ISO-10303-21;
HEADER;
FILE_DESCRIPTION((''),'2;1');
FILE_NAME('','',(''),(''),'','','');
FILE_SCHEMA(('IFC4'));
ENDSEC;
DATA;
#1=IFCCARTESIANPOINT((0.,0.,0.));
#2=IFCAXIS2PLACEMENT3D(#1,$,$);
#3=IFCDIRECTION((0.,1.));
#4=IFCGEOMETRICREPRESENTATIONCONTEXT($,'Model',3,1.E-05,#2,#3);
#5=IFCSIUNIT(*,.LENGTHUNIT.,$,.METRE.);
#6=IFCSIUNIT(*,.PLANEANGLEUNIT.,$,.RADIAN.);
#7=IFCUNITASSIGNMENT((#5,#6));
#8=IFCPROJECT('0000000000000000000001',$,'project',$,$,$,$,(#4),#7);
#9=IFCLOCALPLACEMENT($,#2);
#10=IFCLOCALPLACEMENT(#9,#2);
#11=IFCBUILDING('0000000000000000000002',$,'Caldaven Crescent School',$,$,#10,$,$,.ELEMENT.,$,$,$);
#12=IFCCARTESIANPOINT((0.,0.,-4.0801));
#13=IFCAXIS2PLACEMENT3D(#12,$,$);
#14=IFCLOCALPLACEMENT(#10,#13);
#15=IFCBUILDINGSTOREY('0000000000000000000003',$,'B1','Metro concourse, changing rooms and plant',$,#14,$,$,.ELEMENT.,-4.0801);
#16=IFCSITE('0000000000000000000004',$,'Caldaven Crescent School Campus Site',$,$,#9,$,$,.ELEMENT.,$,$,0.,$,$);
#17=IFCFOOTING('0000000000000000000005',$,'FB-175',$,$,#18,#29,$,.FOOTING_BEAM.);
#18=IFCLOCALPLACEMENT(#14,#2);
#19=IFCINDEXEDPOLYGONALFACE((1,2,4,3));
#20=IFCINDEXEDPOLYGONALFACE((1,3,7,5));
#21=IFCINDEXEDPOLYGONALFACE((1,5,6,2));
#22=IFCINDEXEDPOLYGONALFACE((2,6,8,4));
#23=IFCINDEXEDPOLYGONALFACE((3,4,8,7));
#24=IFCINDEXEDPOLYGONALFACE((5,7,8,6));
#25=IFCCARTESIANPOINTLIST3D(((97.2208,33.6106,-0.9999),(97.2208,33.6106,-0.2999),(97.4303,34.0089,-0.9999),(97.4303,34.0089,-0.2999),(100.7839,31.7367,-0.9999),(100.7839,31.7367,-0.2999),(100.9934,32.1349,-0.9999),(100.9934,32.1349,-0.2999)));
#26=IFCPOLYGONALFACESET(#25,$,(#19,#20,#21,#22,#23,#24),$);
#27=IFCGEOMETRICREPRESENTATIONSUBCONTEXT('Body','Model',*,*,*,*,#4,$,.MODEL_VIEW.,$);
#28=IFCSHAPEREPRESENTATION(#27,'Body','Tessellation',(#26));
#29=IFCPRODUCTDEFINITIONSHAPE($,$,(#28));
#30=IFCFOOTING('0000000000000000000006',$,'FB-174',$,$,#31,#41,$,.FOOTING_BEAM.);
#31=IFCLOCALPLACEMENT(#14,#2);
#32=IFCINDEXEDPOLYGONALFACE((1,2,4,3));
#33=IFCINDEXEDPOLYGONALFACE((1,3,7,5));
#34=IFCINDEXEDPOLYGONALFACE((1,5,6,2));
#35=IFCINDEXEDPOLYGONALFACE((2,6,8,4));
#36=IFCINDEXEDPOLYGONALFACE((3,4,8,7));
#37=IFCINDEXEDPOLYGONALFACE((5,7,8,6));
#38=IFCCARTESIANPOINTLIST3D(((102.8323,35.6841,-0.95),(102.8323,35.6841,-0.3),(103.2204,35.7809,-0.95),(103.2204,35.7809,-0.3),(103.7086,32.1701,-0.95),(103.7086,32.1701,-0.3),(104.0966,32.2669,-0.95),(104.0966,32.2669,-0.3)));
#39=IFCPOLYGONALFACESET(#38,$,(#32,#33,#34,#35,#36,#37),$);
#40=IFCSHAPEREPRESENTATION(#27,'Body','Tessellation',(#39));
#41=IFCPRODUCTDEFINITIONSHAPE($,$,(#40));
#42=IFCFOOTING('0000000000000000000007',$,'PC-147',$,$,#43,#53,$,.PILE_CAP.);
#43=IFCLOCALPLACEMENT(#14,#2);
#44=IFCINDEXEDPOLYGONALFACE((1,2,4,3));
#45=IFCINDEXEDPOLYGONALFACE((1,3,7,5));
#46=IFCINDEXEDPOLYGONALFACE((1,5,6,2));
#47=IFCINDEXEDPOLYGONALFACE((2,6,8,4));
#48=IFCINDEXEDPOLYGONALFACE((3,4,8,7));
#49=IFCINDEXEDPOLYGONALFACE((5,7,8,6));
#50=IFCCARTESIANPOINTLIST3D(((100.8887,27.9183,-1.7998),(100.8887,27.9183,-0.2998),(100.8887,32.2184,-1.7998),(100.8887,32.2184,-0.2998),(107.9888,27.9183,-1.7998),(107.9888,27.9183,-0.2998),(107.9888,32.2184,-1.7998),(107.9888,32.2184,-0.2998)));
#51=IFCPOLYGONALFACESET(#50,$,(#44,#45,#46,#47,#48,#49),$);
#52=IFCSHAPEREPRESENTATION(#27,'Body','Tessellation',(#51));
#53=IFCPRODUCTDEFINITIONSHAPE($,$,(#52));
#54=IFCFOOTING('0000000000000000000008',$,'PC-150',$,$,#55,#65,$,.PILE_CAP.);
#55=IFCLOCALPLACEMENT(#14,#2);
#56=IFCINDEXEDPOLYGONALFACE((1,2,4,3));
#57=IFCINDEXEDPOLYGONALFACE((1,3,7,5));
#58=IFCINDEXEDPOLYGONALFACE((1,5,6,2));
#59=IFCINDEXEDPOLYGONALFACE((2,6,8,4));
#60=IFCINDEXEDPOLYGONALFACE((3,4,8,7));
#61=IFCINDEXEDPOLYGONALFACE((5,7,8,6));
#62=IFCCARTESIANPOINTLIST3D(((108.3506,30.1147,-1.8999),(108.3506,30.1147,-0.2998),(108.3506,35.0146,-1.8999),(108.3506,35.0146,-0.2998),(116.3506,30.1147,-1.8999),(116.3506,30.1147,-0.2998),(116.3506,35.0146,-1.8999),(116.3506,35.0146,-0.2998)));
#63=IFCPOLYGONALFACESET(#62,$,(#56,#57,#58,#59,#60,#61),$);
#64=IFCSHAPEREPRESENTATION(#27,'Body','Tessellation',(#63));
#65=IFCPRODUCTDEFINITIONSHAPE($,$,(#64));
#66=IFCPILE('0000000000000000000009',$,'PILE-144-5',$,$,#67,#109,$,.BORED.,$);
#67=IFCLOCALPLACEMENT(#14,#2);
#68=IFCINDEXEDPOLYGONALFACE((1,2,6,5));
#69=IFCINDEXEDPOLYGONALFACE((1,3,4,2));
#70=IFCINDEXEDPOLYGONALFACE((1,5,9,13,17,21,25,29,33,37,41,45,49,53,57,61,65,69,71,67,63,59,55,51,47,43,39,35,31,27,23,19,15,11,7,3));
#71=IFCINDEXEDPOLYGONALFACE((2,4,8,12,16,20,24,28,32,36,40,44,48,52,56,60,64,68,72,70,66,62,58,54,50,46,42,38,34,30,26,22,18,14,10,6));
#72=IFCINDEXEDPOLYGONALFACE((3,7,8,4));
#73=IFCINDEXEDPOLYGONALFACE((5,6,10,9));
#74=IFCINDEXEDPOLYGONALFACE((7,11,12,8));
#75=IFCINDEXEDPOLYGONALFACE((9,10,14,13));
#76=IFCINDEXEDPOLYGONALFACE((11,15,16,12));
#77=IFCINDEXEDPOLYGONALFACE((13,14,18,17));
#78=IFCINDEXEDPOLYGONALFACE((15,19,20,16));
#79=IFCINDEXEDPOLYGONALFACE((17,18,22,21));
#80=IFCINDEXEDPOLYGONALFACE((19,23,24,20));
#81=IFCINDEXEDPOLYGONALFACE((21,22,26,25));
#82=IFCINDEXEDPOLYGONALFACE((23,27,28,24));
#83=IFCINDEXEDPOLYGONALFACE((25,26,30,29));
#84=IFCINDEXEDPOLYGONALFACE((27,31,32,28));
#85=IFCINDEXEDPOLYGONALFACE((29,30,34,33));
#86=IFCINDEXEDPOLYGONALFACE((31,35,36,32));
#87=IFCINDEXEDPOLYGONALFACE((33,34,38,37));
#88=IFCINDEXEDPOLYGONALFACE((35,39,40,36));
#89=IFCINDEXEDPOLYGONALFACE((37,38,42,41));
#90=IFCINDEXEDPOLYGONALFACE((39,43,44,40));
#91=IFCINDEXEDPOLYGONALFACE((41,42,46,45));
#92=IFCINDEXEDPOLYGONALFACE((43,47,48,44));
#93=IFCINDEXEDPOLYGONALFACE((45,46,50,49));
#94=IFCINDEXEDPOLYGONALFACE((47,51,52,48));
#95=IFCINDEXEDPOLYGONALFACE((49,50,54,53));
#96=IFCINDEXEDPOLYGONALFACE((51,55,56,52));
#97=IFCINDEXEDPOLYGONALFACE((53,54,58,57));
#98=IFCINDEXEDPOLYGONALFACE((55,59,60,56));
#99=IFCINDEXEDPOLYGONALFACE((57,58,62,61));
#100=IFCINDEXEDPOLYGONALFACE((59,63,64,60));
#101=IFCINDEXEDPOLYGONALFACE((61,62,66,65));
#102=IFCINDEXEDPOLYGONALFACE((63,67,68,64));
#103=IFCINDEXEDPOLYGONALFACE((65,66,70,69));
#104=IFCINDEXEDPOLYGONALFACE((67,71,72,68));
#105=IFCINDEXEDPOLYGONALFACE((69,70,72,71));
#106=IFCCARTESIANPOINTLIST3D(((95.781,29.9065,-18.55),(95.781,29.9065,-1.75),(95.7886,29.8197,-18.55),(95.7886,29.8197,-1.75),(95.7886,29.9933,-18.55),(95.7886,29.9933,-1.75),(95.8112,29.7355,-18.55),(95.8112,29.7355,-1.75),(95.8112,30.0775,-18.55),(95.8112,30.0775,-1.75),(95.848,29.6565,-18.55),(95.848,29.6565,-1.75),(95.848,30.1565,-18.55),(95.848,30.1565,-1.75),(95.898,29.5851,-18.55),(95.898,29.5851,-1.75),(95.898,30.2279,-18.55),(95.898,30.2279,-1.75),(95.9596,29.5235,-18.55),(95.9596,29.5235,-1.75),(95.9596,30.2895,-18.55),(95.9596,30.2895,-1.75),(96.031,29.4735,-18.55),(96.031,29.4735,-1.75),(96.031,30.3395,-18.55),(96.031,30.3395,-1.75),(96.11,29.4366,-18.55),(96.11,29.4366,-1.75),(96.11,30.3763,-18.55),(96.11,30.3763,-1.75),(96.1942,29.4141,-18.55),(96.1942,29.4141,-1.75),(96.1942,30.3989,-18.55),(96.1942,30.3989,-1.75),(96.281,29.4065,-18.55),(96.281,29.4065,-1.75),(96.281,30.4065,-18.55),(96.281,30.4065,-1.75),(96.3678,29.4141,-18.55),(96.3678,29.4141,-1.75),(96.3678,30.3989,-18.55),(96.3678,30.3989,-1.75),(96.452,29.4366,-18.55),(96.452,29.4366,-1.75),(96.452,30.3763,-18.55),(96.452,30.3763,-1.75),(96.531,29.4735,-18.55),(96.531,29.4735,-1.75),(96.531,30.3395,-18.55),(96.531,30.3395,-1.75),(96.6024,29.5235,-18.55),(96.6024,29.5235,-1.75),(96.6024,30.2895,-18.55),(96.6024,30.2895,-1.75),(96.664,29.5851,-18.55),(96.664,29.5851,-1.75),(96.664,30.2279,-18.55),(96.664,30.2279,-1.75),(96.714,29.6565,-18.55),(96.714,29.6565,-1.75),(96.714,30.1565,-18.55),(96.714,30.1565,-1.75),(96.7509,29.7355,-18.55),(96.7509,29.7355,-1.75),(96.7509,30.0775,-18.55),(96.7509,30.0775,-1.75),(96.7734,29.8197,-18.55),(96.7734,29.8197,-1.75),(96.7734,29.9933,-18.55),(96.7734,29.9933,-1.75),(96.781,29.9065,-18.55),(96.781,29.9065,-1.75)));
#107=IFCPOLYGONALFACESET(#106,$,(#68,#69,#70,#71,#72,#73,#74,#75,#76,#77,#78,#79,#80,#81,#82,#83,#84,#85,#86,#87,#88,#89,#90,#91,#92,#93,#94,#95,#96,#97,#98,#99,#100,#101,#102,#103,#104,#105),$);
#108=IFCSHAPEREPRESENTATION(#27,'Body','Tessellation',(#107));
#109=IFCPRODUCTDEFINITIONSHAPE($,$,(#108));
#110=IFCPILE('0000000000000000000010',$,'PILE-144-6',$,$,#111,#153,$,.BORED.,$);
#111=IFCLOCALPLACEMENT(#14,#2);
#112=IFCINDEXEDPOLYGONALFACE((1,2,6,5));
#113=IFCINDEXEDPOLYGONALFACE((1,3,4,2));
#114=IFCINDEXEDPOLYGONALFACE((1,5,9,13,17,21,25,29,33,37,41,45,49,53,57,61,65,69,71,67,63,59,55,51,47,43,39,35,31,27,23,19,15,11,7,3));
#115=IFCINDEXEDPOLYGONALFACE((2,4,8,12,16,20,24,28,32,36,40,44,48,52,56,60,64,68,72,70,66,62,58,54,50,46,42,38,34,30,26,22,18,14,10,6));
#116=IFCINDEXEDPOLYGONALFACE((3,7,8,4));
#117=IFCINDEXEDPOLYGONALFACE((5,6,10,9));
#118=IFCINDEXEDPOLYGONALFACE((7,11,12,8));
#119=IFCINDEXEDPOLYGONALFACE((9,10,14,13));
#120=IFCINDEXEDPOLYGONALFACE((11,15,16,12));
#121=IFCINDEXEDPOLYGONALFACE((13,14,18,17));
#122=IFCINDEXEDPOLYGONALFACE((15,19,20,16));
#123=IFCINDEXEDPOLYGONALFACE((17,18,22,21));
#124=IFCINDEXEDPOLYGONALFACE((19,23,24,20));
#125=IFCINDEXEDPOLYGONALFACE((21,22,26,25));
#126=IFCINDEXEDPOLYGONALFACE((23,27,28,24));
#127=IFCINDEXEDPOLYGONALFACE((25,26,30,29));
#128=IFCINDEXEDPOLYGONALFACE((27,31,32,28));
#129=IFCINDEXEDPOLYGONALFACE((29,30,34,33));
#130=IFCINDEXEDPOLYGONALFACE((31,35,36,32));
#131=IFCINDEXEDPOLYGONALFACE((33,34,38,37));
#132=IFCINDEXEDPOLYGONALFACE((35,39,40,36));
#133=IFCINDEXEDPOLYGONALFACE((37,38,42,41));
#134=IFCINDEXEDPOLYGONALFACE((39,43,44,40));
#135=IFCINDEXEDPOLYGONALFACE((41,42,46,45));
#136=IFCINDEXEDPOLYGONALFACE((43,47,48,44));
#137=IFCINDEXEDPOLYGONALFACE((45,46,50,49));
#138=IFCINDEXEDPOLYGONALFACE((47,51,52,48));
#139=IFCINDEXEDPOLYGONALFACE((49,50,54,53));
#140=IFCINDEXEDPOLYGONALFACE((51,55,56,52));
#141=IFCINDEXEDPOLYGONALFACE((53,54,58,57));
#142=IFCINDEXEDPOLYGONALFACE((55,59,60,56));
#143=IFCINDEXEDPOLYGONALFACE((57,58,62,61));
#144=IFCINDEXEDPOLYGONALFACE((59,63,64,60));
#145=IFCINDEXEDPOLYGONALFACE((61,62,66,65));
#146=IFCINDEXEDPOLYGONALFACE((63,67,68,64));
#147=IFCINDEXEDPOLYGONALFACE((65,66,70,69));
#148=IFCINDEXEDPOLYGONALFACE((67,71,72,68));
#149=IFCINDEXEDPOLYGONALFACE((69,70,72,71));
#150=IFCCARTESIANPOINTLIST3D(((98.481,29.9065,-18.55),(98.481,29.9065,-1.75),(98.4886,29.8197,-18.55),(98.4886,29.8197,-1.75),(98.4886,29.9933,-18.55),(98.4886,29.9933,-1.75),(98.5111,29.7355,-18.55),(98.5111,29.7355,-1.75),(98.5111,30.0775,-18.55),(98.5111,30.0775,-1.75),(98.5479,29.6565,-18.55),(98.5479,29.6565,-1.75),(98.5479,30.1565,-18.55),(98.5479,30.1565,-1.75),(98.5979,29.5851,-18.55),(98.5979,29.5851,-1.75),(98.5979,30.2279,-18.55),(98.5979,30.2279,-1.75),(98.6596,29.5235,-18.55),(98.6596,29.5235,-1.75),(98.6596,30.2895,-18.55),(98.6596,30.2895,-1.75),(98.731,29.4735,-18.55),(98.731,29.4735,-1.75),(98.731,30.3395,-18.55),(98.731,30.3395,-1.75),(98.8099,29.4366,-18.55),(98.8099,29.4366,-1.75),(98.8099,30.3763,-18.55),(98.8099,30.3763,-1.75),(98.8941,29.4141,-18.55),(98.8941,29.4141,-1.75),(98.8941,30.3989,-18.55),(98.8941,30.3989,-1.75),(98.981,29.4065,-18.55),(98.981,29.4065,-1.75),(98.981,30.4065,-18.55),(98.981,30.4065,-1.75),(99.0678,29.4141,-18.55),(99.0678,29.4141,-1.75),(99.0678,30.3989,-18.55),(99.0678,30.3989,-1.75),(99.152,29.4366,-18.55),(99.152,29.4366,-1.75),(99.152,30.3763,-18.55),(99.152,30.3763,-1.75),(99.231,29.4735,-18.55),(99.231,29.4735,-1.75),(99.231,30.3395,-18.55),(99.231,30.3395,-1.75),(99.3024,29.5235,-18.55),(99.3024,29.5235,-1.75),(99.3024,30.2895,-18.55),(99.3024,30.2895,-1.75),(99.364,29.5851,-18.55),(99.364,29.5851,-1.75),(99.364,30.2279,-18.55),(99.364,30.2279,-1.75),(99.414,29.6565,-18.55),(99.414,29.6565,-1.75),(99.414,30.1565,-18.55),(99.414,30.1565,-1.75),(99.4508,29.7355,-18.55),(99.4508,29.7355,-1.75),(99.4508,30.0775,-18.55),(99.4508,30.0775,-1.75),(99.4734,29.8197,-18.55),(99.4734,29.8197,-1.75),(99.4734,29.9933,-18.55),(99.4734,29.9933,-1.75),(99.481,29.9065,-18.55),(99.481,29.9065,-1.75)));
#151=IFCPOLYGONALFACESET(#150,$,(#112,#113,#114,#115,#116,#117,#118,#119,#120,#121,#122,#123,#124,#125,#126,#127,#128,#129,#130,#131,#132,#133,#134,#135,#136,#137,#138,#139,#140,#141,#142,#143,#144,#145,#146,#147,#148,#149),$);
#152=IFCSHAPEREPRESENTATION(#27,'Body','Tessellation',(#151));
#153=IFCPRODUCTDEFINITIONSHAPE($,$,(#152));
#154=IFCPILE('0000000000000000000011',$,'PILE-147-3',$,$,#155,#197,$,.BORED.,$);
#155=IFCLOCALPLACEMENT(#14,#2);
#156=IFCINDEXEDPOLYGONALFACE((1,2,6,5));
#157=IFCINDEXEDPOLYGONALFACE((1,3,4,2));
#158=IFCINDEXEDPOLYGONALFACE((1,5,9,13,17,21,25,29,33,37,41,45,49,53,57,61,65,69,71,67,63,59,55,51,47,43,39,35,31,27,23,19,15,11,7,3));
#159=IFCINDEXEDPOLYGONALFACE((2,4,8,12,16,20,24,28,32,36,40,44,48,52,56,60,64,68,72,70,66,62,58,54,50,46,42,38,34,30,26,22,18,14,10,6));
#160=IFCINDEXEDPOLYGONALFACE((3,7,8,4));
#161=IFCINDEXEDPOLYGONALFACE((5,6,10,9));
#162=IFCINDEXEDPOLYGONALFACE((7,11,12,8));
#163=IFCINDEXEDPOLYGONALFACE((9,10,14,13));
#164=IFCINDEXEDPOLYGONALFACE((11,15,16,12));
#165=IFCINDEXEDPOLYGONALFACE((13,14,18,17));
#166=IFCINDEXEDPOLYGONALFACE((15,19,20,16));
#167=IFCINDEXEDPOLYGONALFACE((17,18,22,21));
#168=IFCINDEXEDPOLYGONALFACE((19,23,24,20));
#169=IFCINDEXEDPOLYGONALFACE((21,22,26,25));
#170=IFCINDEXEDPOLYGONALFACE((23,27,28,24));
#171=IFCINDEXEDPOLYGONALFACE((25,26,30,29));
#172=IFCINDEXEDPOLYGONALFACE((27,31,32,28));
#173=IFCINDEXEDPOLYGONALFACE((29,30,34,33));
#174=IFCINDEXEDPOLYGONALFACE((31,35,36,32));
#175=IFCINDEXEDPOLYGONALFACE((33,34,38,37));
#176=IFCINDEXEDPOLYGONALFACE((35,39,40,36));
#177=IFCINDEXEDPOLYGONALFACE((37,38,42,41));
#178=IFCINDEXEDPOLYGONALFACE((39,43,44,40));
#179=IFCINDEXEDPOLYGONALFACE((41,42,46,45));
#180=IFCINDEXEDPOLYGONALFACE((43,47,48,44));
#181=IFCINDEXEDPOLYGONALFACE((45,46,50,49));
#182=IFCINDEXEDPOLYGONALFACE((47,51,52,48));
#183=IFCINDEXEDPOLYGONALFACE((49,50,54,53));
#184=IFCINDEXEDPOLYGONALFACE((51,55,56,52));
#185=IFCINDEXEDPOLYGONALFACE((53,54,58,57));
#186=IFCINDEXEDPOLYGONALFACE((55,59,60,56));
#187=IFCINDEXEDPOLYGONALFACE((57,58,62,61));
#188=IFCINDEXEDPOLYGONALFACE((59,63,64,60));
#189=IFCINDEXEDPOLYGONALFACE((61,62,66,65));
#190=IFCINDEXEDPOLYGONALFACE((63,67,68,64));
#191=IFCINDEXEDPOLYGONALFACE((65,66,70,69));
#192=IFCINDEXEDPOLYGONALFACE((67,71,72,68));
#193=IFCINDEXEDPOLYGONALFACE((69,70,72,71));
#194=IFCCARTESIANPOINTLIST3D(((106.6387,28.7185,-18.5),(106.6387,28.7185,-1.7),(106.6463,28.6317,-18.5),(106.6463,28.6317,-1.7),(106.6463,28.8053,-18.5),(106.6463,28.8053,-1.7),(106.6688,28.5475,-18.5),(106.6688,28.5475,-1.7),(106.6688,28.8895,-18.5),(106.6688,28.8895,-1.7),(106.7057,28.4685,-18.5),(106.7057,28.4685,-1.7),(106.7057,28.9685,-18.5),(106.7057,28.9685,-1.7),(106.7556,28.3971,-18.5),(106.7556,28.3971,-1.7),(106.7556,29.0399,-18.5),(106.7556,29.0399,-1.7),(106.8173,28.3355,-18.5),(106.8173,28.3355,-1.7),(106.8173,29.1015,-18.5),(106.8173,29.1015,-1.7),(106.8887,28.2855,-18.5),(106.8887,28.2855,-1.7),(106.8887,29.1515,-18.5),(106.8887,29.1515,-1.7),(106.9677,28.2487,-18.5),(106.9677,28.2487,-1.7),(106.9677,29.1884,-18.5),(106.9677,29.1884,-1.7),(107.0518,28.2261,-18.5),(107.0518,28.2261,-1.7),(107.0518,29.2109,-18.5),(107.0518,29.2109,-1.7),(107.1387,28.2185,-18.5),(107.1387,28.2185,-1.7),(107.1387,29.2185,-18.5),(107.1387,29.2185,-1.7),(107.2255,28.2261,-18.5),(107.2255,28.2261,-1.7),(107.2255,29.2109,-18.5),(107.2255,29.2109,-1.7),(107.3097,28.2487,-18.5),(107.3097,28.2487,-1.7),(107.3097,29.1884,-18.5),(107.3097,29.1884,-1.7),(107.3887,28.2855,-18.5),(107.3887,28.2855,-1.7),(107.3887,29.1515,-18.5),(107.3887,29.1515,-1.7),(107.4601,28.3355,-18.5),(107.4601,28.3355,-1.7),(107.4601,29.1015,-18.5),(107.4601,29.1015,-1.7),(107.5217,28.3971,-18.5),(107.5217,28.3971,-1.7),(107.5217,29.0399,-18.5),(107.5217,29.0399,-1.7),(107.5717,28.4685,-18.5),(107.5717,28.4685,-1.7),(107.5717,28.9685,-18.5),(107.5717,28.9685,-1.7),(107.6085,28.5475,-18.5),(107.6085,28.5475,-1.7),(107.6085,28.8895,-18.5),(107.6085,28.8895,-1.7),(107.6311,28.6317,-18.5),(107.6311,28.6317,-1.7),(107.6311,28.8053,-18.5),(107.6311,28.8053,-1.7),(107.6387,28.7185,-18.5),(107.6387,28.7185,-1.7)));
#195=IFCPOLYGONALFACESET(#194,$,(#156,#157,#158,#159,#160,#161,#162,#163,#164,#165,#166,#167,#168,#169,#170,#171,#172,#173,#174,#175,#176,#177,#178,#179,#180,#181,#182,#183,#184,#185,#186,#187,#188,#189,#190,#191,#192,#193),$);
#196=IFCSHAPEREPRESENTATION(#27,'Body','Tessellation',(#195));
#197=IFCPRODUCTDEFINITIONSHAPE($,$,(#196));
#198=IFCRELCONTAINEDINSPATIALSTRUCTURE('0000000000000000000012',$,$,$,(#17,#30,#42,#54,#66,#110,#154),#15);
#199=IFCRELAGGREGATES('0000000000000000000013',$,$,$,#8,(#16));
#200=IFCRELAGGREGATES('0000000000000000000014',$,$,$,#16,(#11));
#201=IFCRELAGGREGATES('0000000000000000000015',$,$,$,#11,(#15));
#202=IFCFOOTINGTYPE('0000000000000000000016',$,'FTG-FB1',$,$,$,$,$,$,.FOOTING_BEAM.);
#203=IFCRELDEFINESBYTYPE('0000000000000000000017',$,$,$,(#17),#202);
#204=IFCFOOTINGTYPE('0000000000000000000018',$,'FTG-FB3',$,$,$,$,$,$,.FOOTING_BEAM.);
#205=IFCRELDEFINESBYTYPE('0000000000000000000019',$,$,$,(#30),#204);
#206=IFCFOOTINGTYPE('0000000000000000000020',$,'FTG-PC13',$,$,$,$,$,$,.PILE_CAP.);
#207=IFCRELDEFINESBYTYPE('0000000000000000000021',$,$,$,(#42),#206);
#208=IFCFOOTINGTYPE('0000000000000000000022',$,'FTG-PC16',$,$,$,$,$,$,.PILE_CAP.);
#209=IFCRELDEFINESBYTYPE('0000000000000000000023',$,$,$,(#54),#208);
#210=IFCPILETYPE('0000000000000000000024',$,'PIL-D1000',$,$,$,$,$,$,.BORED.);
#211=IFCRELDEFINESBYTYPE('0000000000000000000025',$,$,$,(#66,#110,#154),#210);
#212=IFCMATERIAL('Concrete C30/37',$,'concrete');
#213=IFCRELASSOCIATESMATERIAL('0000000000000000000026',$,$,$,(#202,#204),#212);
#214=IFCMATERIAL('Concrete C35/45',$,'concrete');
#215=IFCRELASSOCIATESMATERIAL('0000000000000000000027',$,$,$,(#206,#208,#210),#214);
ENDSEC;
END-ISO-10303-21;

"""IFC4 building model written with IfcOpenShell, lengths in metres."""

from ifc_helpers import new_model, si_unit, direction, frame, origin, origin_2d, place, context, subcontext, project, spatial, rectangle, circle, extrude, material, material_profile, profile_set, type_object, element, save


model = new_model("IFC4")

# Units and contexts
model_context = context("Model", 3, precision=1e-05, world=origin(), true_north=direction((0.0, 1.0)))
body_context = subcontext(model_context, "Body", "Model", "MODEL_VIEW")
ifc_project = project(units=[si_unit("LENGTHUNIT", "METRE"), si_unit("PLANEANGLEUNIT", "RADIAN")], contexts=[model_context])

# Site, building, storey
site_placement = place(None, origin())
site = spatial("IfcSite", under=ifc_project, at=site_placement, Name="Caldaven Crescent School Campus Site", CompositionType="ELEMENT", RefElevation=0.0)
building_placement = place(site_placement, origin())
building = spatial("IfcBuilding", under=site, at=building_placement, Name="Caldaven Crescent School", CompositionType="ELEMENT")
storey_placement = place(building_placement, frame((0.0, 0.0, -4.0801)))
storey = spatial("IfcBuildingStorey", under=building, at=storey_placement, Name="B1", Description="Metro concourse, changing rooms and plant", CompositionType="ELEMENT", Elevation=-4.0801)

# Footings
ifc_material_1 = material(Name="Concrete C30/37", Category="concrete")
ifc_material_profile_1 = material_profile(ifc_material_1, rectangle(XDim=0.45, YDim=0.7, at=origin_2d()), Name="FB 450x700")
ifc_profile_set_1 = profile_set([ifc_material_profile_1], Name="Concrete C30/37")
footing_type_1 = type_object("IfcFootingType", Name="FTG-FB1", PredefinedType="FOOTING_BEAM", material=ifc_profile_set_1)
footing_1_placement = place(storey_placement, frame((100.8887, 31.9358, -0.6499), z_axis=(-0.885058, 0.465481, 0.0), x_axis=(-0.465481, -0.885058, 0.0)))
element("IfcFooting", 1, at=footing_1_placement, inside=storey, type_object=footing_type_1, Name="FB-175", PredefinedType="FOOTING_BEAM", context=body_context, shape_type="SweptSolid", body=[
    extrude(rectangle(XDim=0.45, YDim=0.7, at=origin_2d()), origin(), (0.0, 0.0, 1.0), 4.0259),
])
ifc_material_profile_2 = material_profile(ifc_material_1, rectangle(XDim=0.3999, YDim=0.6499, at=origin_2d()), Name="FB 400x650")
ifc_profile_set_2 = profile_set([ifc_material_profile_2], Name="Concrete C30/37")
footing_type_2 = type_object("IfcFootingType", Name="FTG-FB3", PredefinedType="FOOTING_BEAM", material=ifc_profile_set_2)
footing_2_placement = place(storey_placement, frame((103.9026, 32.2185, -0.625), z_axis=(-0.241949, 0.970289, 0.0), x_axis=(-0.970289, -0.241949, 0.0)))
element("IfcFooting", 2, at=footing_2_placement, inside=storey, type_object=footing_type_2, Name="FB-174", PredefinedType="FOOTING_BEAM", context=body_context, shape_type="SweptSolid", body=[
    extrude(rectangle(XDim=0.3999, YDim=0.6499, at=origin_2d()), origin(), (0.0, 0.0, 1.0), 3.6216),
])
ifc_material_2 = material(Name="Concrete C35/45", Category="concrete")
footing_type_3 = type_object("IfcFootingType", Name="FTG-PC13", PredefinedType="PILE_CAP", material=ifc_material_2)
footing_3_placement = place(storey_placement, frame((104.4387, 30.0684, -1.7998), z_axis=(0.0, 0.0, 1.0), x_axis=(1.0, 0.0, 0.0)))
element("IfcFooting", 3, at=footing_3_placement, inside=storey, type_object=footing_type_3, Name="PC-147", PredefinedType="PILE_CAP", context=body_context, shape_type="SweptSolid", body=[
    extrude(rectangle(XDim=7.1001, YDim=4.3, at=origin_2d()), origin(), (0.0, 0.0, 1.0), 1.5),
])
footing_type_4 = type_object("IfcFootingType", Name="FTG-PC16", PredefinedType="PILE_CAP", material=ifc_material_2)
footing_4_placement = place(storey_placement, frame((112.3506, 32.5647, -1.8999), z_axis=(0.0, 0.0, 1.0), x_axis=(1.0, 0.0, 0.0)))
element("IfcFooting", 4, at=footing_4_placement, inside=storey, type_object=footing_type_4, Name="PC-150", PredefinedType="PILE_CAP", context=body_context, shape_type="SweptSolid", body=[
    extrude(rectangle(XDim=8.0, YDim=4.8999, at=origin_2d()), origin(), (0.0, 0.0, 1.0), 1.6001),
])

# Piles
ifc_material_profile_3 = material_profile(ifc_material_2, circle(Radius=0.5, at=origin_2d()), Name="PILE D1000")
ifc_profile_set_3 = profile_set([ifc_material_profile_3], Name="Concrete C35/45")
pile_type = type_object("IfcPileType", Name="PIL-D1000", PredefinedType="BORED", material=ifc_profile_set_3)
for number, where, z_axis, x_axis, name in (
    (5, (96.281, 29.9065, -1.75), (0.0, 0.0, -1.0), (1.0, 0.0, 0.0), "PILE-144-5"),
    (6, (98.981, 29.9065, -1.75), (0.0, 0.0, -1.0), (1.0, 0.0, 0.0), "PILE-144-6"),
    (7, (107.1387, 28.7185, -1.7), (0.0, 0.0, -1.0), (1.0, 0.0, 0.0), "PILE-147-3"),
):
    element("IfcPile", number, at=place(storey_placement, frame(where, z_axis=z_axis, x_axis=x_axis)), inside=storey, type_object=pile_type, Name=name, PredefinedType="BORED", context=body_context, shape_type="SweptSolid", body=[
        extrude(circle(Radius=0.5, at=origin_2d()), origin(), (0.0, 0.0, 1.0), 16.8),
    ])

save(model, "model.ifc")
